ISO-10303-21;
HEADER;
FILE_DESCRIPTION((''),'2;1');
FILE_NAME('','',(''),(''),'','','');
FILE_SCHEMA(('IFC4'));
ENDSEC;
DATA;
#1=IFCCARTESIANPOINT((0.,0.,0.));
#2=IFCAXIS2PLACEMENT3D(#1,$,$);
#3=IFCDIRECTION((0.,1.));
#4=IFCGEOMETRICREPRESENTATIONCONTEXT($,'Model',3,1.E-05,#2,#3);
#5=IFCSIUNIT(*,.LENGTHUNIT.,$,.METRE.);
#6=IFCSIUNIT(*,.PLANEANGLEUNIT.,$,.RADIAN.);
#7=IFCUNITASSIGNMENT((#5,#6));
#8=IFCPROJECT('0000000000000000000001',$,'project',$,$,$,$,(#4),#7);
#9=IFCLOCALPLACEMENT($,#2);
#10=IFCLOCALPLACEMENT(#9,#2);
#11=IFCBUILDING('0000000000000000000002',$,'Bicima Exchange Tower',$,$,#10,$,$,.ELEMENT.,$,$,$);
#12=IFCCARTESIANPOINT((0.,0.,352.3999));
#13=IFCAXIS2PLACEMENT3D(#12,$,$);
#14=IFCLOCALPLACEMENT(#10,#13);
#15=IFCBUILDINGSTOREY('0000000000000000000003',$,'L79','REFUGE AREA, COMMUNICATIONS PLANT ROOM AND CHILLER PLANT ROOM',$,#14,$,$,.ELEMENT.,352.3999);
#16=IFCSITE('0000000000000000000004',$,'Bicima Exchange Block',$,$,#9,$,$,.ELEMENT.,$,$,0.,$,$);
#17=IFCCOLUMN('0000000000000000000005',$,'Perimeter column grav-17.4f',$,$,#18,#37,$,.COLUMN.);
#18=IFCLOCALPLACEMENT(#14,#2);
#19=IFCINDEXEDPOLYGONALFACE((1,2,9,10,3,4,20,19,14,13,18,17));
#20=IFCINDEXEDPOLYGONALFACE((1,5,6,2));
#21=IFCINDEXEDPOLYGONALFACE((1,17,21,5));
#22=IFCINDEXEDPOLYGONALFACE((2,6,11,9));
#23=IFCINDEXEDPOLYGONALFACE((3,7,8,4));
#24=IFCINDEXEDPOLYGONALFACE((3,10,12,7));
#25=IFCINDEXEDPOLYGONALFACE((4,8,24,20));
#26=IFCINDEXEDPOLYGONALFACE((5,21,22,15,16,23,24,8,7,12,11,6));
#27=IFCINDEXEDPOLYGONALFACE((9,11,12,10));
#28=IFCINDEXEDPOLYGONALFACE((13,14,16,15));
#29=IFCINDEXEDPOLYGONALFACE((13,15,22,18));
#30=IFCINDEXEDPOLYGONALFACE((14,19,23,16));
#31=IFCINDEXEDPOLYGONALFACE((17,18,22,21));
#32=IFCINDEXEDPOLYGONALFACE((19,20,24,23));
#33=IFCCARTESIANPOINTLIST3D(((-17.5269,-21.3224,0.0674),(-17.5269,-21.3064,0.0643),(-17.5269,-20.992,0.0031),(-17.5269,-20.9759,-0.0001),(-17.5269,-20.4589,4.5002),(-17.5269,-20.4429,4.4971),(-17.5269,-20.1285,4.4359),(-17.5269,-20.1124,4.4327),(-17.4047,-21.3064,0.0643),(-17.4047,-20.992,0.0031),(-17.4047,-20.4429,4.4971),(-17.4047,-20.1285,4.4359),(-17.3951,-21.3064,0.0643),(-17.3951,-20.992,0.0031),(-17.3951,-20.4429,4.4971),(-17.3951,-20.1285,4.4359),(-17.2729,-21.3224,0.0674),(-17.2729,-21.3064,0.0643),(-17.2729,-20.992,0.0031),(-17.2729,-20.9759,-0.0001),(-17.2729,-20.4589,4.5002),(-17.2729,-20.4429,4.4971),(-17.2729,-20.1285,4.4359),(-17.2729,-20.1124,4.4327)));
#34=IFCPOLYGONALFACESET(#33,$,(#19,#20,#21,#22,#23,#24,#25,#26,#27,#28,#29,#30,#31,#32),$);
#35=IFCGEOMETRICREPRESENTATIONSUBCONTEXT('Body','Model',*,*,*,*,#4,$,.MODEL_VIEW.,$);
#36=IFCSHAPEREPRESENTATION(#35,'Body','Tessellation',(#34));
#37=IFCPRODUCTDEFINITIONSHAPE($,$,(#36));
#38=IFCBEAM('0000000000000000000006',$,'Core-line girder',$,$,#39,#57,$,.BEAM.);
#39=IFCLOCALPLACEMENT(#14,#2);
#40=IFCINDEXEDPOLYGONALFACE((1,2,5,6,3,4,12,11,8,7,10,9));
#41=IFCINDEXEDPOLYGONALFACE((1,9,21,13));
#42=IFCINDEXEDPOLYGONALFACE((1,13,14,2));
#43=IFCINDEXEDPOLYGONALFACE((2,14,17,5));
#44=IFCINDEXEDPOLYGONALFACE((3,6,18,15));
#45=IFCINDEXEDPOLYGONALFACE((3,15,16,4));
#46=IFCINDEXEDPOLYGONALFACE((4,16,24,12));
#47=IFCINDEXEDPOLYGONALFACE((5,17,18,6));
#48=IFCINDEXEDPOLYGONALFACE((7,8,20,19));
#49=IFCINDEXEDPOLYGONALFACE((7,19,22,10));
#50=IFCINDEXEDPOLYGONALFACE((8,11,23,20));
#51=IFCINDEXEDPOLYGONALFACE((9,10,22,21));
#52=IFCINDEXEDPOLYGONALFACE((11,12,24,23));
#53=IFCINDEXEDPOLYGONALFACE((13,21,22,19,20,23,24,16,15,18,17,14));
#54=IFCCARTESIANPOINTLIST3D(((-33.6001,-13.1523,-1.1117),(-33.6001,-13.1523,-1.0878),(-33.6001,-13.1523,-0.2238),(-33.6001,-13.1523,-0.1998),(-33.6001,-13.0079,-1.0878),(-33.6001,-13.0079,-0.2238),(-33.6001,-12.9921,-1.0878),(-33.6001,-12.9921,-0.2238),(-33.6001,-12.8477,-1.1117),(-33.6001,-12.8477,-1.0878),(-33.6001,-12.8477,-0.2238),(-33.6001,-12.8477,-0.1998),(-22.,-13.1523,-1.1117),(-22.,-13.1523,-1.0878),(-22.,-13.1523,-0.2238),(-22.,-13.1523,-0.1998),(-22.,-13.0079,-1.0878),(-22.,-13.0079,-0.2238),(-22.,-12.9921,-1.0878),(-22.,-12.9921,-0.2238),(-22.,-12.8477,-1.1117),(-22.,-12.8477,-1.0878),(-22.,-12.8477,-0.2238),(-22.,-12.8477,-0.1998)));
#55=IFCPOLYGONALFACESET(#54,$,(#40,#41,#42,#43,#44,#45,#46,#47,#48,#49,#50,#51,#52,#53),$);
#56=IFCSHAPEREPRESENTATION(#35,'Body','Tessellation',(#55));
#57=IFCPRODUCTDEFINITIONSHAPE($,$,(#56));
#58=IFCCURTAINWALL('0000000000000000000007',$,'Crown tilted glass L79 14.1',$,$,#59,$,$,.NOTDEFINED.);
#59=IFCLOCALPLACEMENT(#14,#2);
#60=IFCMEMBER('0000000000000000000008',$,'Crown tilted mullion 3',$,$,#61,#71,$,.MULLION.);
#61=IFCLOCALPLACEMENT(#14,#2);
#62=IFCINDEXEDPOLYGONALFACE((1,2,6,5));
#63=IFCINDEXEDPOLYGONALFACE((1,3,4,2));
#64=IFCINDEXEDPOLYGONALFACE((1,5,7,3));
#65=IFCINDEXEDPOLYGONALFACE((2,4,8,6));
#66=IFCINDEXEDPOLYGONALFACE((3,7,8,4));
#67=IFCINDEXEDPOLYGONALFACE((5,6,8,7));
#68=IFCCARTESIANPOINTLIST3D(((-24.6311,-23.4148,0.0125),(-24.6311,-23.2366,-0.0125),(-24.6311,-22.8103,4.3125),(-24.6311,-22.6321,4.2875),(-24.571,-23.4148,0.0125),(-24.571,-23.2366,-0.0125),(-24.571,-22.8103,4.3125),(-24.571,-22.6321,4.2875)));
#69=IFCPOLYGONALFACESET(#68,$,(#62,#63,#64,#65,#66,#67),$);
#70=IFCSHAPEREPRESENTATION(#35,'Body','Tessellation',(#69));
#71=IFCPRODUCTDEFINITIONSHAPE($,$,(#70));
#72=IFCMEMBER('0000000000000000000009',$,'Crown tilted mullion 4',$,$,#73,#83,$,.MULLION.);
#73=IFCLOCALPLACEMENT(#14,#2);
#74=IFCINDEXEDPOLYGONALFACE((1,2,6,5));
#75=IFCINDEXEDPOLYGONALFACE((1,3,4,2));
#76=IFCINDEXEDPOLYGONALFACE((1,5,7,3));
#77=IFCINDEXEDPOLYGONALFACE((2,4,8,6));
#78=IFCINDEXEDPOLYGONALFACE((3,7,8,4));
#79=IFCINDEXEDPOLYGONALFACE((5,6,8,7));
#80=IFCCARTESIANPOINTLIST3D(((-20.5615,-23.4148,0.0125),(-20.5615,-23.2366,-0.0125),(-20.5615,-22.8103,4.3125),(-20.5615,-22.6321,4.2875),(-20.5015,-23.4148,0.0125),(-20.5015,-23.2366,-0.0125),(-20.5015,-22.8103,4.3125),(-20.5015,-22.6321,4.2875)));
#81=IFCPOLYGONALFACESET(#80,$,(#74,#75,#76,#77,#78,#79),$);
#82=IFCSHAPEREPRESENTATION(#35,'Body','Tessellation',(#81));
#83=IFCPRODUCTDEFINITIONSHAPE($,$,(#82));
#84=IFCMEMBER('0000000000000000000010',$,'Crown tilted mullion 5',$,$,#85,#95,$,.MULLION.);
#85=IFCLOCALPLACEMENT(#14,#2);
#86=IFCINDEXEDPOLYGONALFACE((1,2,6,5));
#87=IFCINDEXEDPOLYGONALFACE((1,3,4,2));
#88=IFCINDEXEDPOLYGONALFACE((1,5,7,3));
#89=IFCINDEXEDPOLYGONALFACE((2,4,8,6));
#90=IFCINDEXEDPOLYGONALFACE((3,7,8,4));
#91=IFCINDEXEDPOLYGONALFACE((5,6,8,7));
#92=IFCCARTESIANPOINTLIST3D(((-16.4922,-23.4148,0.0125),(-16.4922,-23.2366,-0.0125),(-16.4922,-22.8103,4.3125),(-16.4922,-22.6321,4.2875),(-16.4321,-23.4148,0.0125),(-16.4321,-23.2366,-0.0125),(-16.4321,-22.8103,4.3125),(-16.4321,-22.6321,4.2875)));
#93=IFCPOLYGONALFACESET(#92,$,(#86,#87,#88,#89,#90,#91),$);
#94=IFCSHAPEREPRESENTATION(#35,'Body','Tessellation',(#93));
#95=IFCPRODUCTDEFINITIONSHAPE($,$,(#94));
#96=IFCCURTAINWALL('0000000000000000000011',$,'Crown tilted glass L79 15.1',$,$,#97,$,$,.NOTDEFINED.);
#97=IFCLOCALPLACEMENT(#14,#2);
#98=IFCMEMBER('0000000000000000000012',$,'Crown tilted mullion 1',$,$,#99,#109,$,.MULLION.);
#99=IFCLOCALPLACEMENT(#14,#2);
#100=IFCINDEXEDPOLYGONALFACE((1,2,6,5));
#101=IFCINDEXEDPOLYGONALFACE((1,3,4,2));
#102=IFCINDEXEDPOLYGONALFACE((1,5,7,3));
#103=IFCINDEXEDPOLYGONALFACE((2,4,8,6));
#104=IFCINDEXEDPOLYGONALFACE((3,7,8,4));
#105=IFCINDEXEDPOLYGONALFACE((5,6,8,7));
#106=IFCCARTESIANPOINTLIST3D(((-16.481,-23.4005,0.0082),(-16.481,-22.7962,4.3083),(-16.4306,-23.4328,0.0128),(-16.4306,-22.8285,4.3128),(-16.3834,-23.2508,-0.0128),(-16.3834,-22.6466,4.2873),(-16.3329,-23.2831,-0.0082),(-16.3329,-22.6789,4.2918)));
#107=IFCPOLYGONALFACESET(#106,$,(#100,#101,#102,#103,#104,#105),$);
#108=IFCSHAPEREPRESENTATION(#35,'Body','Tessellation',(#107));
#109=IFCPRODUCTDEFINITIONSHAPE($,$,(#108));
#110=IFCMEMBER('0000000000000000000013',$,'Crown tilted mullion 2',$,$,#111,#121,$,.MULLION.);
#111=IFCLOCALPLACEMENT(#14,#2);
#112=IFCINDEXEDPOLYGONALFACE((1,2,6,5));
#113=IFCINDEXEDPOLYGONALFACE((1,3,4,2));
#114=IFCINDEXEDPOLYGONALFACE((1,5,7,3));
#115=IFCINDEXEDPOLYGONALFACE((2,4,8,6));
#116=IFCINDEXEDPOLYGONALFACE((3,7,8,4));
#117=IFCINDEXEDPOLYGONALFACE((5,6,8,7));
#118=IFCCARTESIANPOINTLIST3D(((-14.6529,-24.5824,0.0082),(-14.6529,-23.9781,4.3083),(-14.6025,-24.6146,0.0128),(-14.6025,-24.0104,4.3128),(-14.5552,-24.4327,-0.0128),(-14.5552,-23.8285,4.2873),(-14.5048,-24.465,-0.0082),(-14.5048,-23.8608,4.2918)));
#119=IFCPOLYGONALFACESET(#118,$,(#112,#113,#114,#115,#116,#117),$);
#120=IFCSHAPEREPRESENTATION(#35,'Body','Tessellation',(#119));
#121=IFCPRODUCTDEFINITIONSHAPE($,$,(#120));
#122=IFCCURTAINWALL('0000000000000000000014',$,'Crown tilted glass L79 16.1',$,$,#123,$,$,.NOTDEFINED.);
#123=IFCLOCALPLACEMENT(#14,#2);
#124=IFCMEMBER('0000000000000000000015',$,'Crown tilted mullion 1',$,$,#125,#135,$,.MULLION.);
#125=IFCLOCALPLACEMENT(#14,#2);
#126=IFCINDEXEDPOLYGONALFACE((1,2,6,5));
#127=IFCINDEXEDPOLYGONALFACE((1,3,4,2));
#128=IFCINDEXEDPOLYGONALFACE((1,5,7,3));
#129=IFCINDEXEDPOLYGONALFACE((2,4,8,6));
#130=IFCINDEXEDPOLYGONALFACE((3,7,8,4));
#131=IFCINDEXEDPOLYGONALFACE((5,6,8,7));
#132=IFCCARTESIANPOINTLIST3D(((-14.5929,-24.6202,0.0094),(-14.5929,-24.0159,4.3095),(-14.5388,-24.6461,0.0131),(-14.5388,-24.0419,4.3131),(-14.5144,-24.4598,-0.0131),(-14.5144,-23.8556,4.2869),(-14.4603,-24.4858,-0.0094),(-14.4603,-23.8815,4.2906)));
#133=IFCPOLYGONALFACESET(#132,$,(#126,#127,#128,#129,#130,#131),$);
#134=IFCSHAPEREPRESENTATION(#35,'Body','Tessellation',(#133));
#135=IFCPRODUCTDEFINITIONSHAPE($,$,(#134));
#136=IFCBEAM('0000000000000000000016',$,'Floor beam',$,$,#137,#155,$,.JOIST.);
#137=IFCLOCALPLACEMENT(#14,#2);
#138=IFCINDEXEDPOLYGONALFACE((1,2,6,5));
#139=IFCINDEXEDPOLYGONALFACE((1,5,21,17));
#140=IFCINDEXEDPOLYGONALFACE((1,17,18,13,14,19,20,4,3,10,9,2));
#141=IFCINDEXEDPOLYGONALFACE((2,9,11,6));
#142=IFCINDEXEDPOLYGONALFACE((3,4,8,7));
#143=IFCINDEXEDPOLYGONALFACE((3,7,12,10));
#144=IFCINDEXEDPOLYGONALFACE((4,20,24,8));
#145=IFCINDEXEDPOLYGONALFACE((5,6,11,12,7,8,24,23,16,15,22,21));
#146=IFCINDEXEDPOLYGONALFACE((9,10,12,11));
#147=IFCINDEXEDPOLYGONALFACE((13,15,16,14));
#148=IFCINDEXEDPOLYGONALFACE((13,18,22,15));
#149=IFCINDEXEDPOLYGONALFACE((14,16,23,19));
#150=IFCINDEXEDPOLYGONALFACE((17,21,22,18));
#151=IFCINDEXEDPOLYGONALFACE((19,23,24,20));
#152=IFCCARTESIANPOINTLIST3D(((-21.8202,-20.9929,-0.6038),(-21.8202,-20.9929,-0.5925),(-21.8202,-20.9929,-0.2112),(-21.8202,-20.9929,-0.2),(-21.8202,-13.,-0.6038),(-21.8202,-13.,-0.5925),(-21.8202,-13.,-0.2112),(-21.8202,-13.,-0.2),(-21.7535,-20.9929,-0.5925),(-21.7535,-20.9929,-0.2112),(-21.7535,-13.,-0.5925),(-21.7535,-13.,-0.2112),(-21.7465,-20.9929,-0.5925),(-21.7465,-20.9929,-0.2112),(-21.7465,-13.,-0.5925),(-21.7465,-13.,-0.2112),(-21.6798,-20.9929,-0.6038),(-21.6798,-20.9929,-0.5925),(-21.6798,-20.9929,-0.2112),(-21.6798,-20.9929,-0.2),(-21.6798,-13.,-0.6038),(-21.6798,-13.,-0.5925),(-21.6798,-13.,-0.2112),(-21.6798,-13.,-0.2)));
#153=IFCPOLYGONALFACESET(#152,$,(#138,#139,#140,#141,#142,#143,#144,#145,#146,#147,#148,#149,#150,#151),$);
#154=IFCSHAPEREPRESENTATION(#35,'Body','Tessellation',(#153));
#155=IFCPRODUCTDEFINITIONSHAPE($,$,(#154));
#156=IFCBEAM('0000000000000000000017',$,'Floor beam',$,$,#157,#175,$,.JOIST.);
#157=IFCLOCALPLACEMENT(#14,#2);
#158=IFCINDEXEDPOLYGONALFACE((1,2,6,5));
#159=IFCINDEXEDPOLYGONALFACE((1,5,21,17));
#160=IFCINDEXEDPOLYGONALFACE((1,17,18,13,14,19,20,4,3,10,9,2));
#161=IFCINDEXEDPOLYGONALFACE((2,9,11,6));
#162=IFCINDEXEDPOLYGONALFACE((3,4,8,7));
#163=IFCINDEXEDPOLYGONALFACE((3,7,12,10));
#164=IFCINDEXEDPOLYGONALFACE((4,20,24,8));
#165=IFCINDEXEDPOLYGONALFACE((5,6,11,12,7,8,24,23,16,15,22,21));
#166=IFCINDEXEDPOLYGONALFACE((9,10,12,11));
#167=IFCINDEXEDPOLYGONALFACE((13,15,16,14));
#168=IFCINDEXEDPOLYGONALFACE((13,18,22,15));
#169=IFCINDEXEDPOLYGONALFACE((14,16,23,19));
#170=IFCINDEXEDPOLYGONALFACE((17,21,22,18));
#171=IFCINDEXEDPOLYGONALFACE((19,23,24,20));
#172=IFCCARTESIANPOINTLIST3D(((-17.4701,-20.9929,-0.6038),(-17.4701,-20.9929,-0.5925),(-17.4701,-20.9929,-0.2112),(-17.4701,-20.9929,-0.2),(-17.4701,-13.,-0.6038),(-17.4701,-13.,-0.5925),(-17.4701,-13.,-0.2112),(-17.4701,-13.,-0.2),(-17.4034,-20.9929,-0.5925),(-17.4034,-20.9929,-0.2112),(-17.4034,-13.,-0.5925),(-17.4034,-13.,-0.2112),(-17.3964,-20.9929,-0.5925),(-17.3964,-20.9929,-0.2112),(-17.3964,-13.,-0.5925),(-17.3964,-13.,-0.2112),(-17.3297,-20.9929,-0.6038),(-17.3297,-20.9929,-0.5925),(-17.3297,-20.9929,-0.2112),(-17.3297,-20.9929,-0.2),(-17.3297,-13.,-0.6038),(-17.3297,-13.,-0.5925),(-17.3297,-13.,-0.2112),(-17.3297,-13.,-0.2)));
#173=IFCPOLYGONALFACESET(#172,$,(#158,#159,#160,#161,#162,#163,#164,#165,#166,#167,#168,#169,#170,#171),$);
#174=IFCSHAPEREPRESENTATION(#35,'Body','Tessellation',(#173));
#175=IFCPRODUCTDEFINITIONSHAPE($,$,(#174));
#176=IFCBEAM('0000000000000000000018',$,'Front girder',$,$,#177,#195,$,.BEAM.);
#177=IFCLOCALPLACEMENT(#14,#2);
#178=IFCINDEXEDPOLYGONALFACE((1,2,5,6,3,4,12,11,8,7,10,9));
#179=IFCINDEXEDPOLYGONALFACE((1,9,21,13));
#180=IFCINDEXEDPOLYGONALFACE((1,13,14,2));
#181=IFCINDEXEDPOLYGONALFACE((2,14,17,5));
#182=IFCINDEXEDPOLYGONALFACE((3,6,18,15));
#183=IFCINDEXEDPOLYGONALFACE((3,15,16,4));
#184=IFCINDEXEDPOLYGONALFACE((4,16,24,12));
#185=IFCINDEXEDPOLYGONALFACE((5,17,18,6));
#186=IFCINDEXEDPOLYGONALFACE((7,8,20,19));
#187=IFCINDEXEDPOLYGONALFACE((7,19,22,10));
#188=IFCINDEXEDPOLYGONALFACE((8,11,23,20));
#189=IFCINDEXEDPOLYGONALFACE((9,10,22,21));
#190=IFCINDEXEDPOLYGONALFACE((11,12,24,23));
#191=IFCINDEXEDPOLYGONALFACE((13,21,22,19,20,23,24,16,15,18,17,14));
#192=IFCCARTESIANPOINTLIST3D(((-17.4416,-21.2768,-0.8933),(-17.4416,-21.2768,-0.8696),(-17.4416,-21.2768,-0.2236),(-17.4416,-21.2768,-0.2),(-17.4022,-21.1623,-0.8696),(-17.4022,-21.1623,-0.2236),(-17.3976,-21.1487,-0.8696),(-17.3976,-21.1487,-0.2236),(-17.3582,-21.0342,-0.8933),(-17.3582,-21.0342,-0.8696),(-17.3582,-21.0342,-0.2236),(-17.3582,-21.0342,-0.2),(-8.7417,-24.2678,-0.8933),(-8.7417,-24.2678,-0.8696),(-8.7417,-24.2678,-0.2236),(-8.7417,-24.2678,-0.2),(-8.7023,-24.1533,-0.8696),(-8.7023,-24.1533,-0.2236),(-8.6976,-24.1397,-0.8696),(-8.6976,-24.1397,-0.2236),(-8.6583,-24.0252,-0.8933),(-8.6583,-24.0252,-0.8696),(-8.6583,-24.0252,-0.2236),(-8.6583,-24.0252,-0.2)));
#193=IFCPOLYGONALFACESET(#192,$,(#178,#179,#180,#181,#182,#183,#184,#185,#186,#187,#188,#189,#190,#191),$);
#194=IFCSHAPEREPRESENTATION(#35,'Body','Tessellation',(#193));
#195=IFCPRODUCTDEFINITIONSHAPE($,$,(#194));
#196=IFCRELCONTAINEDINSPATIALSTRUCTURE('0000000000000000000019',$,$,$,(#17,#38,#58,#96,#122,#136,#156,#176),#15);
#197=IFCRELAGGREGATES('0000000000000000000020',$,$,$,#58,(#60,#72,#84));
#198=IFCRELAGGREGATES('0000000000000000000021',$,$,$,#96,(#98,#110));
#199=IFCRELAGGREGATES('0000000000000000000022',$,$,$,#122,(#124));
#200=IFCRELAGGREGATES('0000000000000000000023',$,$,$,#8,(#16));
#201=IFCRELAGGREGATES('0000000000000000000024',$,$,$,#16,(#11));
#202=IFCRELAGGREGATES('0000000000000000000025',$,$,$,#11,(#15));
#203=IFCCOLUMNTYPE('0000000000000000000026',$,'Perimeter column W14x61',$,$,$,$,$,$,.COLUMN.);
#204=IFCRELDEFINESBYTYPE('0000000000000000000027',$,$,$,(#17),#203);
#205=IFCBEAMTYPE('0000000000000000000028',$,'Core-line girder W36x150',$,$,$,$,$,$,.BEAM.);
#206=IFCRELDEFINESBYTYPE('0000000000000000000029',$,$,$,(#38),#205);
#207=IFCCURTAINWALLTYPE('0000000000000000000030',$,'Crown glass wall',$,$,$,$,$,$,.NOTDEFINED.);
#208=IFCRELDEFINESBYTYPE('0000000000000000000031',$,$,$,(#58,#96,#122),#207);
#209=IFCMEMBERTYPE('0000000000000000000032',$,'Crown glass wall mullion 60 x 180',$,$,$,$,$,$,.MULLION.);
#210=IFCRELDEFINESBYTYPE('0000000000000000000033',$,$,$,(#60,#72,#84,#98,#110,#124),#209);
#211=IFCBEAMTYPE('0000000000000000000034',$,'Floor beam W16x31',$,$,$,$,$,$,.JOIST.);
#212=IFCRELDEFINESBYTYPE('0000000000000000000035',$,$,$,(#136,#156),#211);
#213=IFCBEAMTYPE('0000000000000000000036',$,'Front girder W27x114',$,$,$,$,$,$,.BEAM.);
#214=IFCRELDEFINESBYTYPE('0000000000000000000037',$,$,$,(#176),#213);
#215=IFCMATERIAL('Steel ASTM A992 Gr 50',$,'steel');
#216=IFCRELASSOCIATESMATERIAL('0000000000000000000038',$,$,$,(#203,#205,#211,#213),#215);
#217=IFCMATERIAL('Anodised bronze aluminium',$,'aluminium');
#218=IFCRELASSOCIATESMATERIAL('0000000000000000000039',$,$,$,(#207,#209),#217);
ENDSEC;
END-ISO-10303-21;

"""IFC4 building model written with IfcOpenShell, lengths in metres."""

from ifc_helpers import new_model, si_unit, direction, frame, origin, origin_2d, place, context, subcontext, project, spatial, rectangle, i_section, extrude, material, material_profile, profile_set, type_object, element, aggregate, save


model = new_model("IFC4")

# Units and contexts
model_context = context("Model", 3, precision=1e-05, world=origin(), true_north=direction((0.0, 1.0)))
body_context = subcontext(model_context, "Body", "Model", "MODEL_VIEW")
ifc_project = project(units=[si_unit("LENGTHUNIT", "METRE"), si_unit("PLANEANGLEUNIT", "RADIAN")], contexts=[model_context])

# Site, building, storey
site_placement = place(None, origin())
site = spatial("IfcSite", under=ifc_project, at=site_placement, Name="Bicima Exchange Block", CompositionType="ELEMENT", RefElevation=0.0)
building_placement = place(site_placement, origin())
building = spatial("IfcBuilding", under=site, at=building_placement, Name="Bicima Exchange Tower", CompositionType="ELEMENT")
storey_placement = place(building_placement, frame((0.0, 0.0, 352.3999)))
storey = spatial("IfcBuildingStorey", under=building, at=storey_placement, Name="L79", Description="REFUGE AREA, COMMUNICATIONS PLANT ROOM AND CHILLER PLANT ROOM", CompositionType="ELEMENT", Elevation=352.3999)

# Column
ifc_material_1 = material(Name="Steel ASTM A992 Gr 50", Category="steel")
ifc_material_profile_1 = material_profile(ifc_material_1, i_section(OverallWidth=0.2539, OverallDepth=0.353, WebThickness=0.0095, FlangeThickness=0.0164, at=origin_2d()))
ifc_profile_set_1 = profile_set([ifc_material_profile_1], Name="Steel ASTM A992 Gr 50")
column_type = type_object("IfcColumnType", Name="Perimeter column W14x61", PredefinedType="COLUMN", material=ifc_profile_set_1)
column_placement = place(storey_placement, frame((-17.3999, -21.1492, 0.0337), z_axis=(0.0, 0.191207, 0.98155), x_axis=(-1.0, 0.0, 0.0)))
element("IfcColumn", 1, at=column_placement, inside=storey, type_object=column_type, Name="Perimeter column grav-17.4f", PredefinedType="COLUMN", context=body_context, shape_type="SweptSolid", body=[
    extrude(i_section(OverallWidth=0.2539, OverallDepth=0.353, WebThickness=0.0095, FlangeThickness=0.0164, at=origin_2d()), origin(), (0.0, 0.0, 1.0), 4.5161),
])

# Beam
ifc_material_profile_2 = material_profile(ifc_material_1, i_section(OverallWidth=0.3047, OverallDepth=0.9119, WebThickness=0.0159, FlangeThickness=0.0239, at=origin_2d()))
ifc_profile_set_2 = profile_set([ifc_material_profile_2], Name="Steel ASTM A992 Gr 50")
beam_type_1 = type_object("IfcBeamType", Name="Core-line girder W36x150", PredefinedType="BEAM", material=ifc_profile_set_2)
beam_1_placement = place(storey_placement, frame((-22.0, -13.0, -0.6558), z_axis=(-1.0, 0.0, 0.0), x_axis=(0.0, -1.0, 0.0)))
element("IfcBeam", 2, at=beam_1_placement, inside=storey, type_object=beam_type_1, Name="Core-line girder", PredefinedType="BEAM", context=body_context, shape_type="SweptSolid", body=[
    extrude(i_section(OverallWidth=0.3047, OverallDepth=0.9119, WebThickness=0.0159, FlangeThickness=0.0239, at=origin_2d()), origin(), (0.0, 0.0, 1.0), 11.6001),
])

# Curtain walls, members
ifc_material_2 = material(Name="Anodised bronze aluminium", Category="aluminium")
curtain_wall_type = type_object("IfcCurtainWallType", Name="Crown glass wall", PredefinedType="NOTDEFINED", material=ifc_material_2)
curtain_wall_1_placement = place(storey_placement, origin())
curtain_wall_1 = element("IfcCurtainWall", 3, at=curtain_wall_1_placement, inside=storey, type_object=curtain_wall_type, Name="Crown tilted glass L79 14.1", PredefinedType="NOTDEFINED")
ifc_material_profile_3 = material_profile(ifc_material_2, rectangle(XDim=0.1799, YDim=0.0601, at=origin_2d()))
ifc_profile_set_3 = profile_set([ifc_material_profile_3], Name="Anodised bronze aluminium")
member_type = type_object("IfcMemberType", Name="Crown glass wall mullion 60 x 180", PredefinedType="MULLION", material=ifc_profile_set_3)
member_1_placement = place(storey_placement, frame((-24.6011, -23.3257, 0.0), z_axis=(0.0, 0.139209, 0.990263), x_axis=(0.0, -0.990263, 0.139209)))
member_1 = element("IfcMember", 4, at=member_1_placement, type_object=member_type, Name="Crown tilted mullion 3", PredefinedType="MULLION", context=body_context, shape_type="SweptSolid", body=[
    extrude(rectangle(XDim=0.1799, YDim=0.0601, at=origin_2d()), origin(), (0.0, 0.0, 1.0), 4.3423),
])
member_2_placement = place(storey_placement, frame((-20.5315, -23.3257, 0.0), z_axis=(0.0, 0.139209, 0.990263), x_axis=(0.0, -0.990263, 0.139209)))
member_2 = element("IfcMember", 5, at=member_2_placement, type_object=member_type, Name="Crown tilted mullion 4", PredefinedType="MULLION", context=body_context, shape_type="SweptSolid", body=[
    extrude(rectangle(XDim=0.1799, YDim=0.0601, at=origin_2d()), origin(), (0.0, 0.0, 1.0), 4.3423),
])
member_3_placement = place(storey_placement, frame((-16.4622, -23.3257, 0.0), z_axis=(0.0, 0.139209, 0.990263), x_axis=(0.0, -0.990263, 0.139209)))
member_3 = element("IfcMember", 6, at=member_3_placement, type_object=member_type, Name="Crown tilted mullion 5", PredefinedType="MULLION", context=body_context, shape_type="SweptSolid", body=[
    extrude(rectangle(XDim=0.1799, YDim=0.0601, at=origin_2d()), origin(), (0.0, 0.0, 1.0), 4.3423),
])
curtain_wall_2_placement = place(storey_placement, origin())
curtain_wall_2 = element("IfcCurtainWall", 7, at=curtain_wall_2_placement, inside=storey, type_object=curtain_wall_type, Name="Crown tilted glass L79 15.1", PredefinedType="NOTDEFINED")
member_4_placement = place(storey_placement, frame((-16.407, -23.3418, 0.0), z_axis=(0.0, 0.139154, 0.990271), x_axis=(-0.542911, -0.83162, 0.11686)))
member_4 = element("IfcMember", 8, at=member_4_placement, type_object=member_type, Name="Crown tilted mullion 1", PredefinedType="MULLION", context=body_context, shape_type="SweptSolid", body=[
    extrude(rectangle(XDim=0.1799, YDim=0.0601, at=origin_2d()), origin(), (0.0, 0.0, 1.0), 4.3423),
])
member_5_placement = place(storey_placement, frame((-14.5789, -24.5237, 0.0), z_axis=(0.0, 0.139154, 0.990271), x_axis=(-0.542911, -0.83162, 0.11686)))
member_5 = element("IfcMember", 9, at=member_5_placement, type_object=member_type, Name="Crown tilted mullion 2", PredefinedType="MULLION", context=body_context, shape_type="SweptSolid", body=[
    extrude(rectangle(XDim=0.1799, YDim=0.0601, at=origin_2d()), origin(), (0.0, 0.0, 1.0), 4.3423),
])

# Curtain wall, member
curtain_wall_3_placement = place(storey_placement, origin())
curtain_wall_3 = element("IfcCurtainWall", 10, at=curtain_wall_3_placement, inside=storey, type_object=curtain_wall_type, Name="Crown tilted glass L79 16.1", PredefinedType="NOTDEFINED")
member_6_placement = place(storey_placement, frame((-14.5266, -24.553, 0.0), z_axis=(0.0, 0.139154, 0.990271), x_axis=(-0.436225, -0.891083, 0.125216)))
member_6 = element("IfcMember", 11, at=member_6_placement, type_object=member_type, Name="Crown tilted mullion 1", PredefinedType="MULLION", context=body_context, shape_type="SweptSolid", body=[
    extrude(rectangle(XDim=0.1799, YDim=0.0601, at=origin_2d()), origin(), (0.0, 0.0, 1.0), 4.3423),
])

# Beams
ifc_material_profile_4 = material_profile(ifc_material_1, i_section(OverallWidth=0.1404, OverallDepth=0.4038, WebThickness=0.0071, FlangeThickness=0.0112, at=origin_2d()))
ifc_profile_set_4 = profile_set([ifc_material_profile_4], Name="Steel ASTM A992 Gr 50")
beam_type_2 = type_object("IfcBeamType", Name="Floor beam W16x31", PredefinedType="JOIST", material=ifc_profile_set_4)
for number, where, z_axis, x_axis, name in (
    (12, (-21.75, -13.0, -0.4019), (0.0, -1.0, 0.0), (1.0, 0.0, 0.0), "Floor beam"),
    (13, (-17.3999, -13.0, -0.4019), (0.0, -1.0, 0.0), (1.0, 0.0, 0.0), "Floor beam"),
):
    element("IfcBeam", number, at=place(storey_placement, frame(where, z_axis=z_axis, x_axis=x_axis)), inside=storey, type_object=beam_type_2, Name=name, PredefinedType="JOIST", context=body_context, shape_type="SweptSolid", body=[
        extrude(i_section(OverallWidth=0.1404, OverallDepth=0.4038, WebThickness=0.0071, FlangeThickness=0.0112, at=origin_2d()), origin(), (0.0, 0.0, 1.0), 7.9929),
    ])
ifc_material_profile_5 = material_profile(ifc_material_1, i_section(OverallWidth=0.2566, OverallDepth=0.6934, WebThickness=0.0144, FlangeThickness=0.0237, at=origin_2d()))
ifc_profile_set_5 = profile_set([ifc_material_profile_5], Name="Steel ASTM A992 Gr 50")
beam_type_3 = type_object("IfcBeamType", Name="Front girder W27x114", PredefinedType="BEAM", material=ifc_profile_set_5)
beam_2_placement = place(storey_placement, frame((-17.3999, -21.1555, -0.5466), z_axis=(0.945675, -0.325115, 0.0), x_axis=(0.325115, 0.945675, 0.0)))
element("IfcBeam", 14, at=beam_2_placement, inside=storey, type_object=beam_type_3, Name="Front girder", PredefinedType="BEAM", context=body_context, shape_type="SweptSolid", body=[
    extrude(i_section(OverallWidth=0.2566, OverallDepth=0.6934, WebThickness=0.0144, FlangeThickness=0.0237, at=origin_2d()), origin(), (0.0, 0.0, 1.0), 9.1997),
])

aggregate(curtain_wall_1, [member_1, member_2, member_3])
aggregate(curtain_wall_2, [member_4, member_5])
aggregate(curtain_wall_3, [member_6])

save(model, "model.ifc")
